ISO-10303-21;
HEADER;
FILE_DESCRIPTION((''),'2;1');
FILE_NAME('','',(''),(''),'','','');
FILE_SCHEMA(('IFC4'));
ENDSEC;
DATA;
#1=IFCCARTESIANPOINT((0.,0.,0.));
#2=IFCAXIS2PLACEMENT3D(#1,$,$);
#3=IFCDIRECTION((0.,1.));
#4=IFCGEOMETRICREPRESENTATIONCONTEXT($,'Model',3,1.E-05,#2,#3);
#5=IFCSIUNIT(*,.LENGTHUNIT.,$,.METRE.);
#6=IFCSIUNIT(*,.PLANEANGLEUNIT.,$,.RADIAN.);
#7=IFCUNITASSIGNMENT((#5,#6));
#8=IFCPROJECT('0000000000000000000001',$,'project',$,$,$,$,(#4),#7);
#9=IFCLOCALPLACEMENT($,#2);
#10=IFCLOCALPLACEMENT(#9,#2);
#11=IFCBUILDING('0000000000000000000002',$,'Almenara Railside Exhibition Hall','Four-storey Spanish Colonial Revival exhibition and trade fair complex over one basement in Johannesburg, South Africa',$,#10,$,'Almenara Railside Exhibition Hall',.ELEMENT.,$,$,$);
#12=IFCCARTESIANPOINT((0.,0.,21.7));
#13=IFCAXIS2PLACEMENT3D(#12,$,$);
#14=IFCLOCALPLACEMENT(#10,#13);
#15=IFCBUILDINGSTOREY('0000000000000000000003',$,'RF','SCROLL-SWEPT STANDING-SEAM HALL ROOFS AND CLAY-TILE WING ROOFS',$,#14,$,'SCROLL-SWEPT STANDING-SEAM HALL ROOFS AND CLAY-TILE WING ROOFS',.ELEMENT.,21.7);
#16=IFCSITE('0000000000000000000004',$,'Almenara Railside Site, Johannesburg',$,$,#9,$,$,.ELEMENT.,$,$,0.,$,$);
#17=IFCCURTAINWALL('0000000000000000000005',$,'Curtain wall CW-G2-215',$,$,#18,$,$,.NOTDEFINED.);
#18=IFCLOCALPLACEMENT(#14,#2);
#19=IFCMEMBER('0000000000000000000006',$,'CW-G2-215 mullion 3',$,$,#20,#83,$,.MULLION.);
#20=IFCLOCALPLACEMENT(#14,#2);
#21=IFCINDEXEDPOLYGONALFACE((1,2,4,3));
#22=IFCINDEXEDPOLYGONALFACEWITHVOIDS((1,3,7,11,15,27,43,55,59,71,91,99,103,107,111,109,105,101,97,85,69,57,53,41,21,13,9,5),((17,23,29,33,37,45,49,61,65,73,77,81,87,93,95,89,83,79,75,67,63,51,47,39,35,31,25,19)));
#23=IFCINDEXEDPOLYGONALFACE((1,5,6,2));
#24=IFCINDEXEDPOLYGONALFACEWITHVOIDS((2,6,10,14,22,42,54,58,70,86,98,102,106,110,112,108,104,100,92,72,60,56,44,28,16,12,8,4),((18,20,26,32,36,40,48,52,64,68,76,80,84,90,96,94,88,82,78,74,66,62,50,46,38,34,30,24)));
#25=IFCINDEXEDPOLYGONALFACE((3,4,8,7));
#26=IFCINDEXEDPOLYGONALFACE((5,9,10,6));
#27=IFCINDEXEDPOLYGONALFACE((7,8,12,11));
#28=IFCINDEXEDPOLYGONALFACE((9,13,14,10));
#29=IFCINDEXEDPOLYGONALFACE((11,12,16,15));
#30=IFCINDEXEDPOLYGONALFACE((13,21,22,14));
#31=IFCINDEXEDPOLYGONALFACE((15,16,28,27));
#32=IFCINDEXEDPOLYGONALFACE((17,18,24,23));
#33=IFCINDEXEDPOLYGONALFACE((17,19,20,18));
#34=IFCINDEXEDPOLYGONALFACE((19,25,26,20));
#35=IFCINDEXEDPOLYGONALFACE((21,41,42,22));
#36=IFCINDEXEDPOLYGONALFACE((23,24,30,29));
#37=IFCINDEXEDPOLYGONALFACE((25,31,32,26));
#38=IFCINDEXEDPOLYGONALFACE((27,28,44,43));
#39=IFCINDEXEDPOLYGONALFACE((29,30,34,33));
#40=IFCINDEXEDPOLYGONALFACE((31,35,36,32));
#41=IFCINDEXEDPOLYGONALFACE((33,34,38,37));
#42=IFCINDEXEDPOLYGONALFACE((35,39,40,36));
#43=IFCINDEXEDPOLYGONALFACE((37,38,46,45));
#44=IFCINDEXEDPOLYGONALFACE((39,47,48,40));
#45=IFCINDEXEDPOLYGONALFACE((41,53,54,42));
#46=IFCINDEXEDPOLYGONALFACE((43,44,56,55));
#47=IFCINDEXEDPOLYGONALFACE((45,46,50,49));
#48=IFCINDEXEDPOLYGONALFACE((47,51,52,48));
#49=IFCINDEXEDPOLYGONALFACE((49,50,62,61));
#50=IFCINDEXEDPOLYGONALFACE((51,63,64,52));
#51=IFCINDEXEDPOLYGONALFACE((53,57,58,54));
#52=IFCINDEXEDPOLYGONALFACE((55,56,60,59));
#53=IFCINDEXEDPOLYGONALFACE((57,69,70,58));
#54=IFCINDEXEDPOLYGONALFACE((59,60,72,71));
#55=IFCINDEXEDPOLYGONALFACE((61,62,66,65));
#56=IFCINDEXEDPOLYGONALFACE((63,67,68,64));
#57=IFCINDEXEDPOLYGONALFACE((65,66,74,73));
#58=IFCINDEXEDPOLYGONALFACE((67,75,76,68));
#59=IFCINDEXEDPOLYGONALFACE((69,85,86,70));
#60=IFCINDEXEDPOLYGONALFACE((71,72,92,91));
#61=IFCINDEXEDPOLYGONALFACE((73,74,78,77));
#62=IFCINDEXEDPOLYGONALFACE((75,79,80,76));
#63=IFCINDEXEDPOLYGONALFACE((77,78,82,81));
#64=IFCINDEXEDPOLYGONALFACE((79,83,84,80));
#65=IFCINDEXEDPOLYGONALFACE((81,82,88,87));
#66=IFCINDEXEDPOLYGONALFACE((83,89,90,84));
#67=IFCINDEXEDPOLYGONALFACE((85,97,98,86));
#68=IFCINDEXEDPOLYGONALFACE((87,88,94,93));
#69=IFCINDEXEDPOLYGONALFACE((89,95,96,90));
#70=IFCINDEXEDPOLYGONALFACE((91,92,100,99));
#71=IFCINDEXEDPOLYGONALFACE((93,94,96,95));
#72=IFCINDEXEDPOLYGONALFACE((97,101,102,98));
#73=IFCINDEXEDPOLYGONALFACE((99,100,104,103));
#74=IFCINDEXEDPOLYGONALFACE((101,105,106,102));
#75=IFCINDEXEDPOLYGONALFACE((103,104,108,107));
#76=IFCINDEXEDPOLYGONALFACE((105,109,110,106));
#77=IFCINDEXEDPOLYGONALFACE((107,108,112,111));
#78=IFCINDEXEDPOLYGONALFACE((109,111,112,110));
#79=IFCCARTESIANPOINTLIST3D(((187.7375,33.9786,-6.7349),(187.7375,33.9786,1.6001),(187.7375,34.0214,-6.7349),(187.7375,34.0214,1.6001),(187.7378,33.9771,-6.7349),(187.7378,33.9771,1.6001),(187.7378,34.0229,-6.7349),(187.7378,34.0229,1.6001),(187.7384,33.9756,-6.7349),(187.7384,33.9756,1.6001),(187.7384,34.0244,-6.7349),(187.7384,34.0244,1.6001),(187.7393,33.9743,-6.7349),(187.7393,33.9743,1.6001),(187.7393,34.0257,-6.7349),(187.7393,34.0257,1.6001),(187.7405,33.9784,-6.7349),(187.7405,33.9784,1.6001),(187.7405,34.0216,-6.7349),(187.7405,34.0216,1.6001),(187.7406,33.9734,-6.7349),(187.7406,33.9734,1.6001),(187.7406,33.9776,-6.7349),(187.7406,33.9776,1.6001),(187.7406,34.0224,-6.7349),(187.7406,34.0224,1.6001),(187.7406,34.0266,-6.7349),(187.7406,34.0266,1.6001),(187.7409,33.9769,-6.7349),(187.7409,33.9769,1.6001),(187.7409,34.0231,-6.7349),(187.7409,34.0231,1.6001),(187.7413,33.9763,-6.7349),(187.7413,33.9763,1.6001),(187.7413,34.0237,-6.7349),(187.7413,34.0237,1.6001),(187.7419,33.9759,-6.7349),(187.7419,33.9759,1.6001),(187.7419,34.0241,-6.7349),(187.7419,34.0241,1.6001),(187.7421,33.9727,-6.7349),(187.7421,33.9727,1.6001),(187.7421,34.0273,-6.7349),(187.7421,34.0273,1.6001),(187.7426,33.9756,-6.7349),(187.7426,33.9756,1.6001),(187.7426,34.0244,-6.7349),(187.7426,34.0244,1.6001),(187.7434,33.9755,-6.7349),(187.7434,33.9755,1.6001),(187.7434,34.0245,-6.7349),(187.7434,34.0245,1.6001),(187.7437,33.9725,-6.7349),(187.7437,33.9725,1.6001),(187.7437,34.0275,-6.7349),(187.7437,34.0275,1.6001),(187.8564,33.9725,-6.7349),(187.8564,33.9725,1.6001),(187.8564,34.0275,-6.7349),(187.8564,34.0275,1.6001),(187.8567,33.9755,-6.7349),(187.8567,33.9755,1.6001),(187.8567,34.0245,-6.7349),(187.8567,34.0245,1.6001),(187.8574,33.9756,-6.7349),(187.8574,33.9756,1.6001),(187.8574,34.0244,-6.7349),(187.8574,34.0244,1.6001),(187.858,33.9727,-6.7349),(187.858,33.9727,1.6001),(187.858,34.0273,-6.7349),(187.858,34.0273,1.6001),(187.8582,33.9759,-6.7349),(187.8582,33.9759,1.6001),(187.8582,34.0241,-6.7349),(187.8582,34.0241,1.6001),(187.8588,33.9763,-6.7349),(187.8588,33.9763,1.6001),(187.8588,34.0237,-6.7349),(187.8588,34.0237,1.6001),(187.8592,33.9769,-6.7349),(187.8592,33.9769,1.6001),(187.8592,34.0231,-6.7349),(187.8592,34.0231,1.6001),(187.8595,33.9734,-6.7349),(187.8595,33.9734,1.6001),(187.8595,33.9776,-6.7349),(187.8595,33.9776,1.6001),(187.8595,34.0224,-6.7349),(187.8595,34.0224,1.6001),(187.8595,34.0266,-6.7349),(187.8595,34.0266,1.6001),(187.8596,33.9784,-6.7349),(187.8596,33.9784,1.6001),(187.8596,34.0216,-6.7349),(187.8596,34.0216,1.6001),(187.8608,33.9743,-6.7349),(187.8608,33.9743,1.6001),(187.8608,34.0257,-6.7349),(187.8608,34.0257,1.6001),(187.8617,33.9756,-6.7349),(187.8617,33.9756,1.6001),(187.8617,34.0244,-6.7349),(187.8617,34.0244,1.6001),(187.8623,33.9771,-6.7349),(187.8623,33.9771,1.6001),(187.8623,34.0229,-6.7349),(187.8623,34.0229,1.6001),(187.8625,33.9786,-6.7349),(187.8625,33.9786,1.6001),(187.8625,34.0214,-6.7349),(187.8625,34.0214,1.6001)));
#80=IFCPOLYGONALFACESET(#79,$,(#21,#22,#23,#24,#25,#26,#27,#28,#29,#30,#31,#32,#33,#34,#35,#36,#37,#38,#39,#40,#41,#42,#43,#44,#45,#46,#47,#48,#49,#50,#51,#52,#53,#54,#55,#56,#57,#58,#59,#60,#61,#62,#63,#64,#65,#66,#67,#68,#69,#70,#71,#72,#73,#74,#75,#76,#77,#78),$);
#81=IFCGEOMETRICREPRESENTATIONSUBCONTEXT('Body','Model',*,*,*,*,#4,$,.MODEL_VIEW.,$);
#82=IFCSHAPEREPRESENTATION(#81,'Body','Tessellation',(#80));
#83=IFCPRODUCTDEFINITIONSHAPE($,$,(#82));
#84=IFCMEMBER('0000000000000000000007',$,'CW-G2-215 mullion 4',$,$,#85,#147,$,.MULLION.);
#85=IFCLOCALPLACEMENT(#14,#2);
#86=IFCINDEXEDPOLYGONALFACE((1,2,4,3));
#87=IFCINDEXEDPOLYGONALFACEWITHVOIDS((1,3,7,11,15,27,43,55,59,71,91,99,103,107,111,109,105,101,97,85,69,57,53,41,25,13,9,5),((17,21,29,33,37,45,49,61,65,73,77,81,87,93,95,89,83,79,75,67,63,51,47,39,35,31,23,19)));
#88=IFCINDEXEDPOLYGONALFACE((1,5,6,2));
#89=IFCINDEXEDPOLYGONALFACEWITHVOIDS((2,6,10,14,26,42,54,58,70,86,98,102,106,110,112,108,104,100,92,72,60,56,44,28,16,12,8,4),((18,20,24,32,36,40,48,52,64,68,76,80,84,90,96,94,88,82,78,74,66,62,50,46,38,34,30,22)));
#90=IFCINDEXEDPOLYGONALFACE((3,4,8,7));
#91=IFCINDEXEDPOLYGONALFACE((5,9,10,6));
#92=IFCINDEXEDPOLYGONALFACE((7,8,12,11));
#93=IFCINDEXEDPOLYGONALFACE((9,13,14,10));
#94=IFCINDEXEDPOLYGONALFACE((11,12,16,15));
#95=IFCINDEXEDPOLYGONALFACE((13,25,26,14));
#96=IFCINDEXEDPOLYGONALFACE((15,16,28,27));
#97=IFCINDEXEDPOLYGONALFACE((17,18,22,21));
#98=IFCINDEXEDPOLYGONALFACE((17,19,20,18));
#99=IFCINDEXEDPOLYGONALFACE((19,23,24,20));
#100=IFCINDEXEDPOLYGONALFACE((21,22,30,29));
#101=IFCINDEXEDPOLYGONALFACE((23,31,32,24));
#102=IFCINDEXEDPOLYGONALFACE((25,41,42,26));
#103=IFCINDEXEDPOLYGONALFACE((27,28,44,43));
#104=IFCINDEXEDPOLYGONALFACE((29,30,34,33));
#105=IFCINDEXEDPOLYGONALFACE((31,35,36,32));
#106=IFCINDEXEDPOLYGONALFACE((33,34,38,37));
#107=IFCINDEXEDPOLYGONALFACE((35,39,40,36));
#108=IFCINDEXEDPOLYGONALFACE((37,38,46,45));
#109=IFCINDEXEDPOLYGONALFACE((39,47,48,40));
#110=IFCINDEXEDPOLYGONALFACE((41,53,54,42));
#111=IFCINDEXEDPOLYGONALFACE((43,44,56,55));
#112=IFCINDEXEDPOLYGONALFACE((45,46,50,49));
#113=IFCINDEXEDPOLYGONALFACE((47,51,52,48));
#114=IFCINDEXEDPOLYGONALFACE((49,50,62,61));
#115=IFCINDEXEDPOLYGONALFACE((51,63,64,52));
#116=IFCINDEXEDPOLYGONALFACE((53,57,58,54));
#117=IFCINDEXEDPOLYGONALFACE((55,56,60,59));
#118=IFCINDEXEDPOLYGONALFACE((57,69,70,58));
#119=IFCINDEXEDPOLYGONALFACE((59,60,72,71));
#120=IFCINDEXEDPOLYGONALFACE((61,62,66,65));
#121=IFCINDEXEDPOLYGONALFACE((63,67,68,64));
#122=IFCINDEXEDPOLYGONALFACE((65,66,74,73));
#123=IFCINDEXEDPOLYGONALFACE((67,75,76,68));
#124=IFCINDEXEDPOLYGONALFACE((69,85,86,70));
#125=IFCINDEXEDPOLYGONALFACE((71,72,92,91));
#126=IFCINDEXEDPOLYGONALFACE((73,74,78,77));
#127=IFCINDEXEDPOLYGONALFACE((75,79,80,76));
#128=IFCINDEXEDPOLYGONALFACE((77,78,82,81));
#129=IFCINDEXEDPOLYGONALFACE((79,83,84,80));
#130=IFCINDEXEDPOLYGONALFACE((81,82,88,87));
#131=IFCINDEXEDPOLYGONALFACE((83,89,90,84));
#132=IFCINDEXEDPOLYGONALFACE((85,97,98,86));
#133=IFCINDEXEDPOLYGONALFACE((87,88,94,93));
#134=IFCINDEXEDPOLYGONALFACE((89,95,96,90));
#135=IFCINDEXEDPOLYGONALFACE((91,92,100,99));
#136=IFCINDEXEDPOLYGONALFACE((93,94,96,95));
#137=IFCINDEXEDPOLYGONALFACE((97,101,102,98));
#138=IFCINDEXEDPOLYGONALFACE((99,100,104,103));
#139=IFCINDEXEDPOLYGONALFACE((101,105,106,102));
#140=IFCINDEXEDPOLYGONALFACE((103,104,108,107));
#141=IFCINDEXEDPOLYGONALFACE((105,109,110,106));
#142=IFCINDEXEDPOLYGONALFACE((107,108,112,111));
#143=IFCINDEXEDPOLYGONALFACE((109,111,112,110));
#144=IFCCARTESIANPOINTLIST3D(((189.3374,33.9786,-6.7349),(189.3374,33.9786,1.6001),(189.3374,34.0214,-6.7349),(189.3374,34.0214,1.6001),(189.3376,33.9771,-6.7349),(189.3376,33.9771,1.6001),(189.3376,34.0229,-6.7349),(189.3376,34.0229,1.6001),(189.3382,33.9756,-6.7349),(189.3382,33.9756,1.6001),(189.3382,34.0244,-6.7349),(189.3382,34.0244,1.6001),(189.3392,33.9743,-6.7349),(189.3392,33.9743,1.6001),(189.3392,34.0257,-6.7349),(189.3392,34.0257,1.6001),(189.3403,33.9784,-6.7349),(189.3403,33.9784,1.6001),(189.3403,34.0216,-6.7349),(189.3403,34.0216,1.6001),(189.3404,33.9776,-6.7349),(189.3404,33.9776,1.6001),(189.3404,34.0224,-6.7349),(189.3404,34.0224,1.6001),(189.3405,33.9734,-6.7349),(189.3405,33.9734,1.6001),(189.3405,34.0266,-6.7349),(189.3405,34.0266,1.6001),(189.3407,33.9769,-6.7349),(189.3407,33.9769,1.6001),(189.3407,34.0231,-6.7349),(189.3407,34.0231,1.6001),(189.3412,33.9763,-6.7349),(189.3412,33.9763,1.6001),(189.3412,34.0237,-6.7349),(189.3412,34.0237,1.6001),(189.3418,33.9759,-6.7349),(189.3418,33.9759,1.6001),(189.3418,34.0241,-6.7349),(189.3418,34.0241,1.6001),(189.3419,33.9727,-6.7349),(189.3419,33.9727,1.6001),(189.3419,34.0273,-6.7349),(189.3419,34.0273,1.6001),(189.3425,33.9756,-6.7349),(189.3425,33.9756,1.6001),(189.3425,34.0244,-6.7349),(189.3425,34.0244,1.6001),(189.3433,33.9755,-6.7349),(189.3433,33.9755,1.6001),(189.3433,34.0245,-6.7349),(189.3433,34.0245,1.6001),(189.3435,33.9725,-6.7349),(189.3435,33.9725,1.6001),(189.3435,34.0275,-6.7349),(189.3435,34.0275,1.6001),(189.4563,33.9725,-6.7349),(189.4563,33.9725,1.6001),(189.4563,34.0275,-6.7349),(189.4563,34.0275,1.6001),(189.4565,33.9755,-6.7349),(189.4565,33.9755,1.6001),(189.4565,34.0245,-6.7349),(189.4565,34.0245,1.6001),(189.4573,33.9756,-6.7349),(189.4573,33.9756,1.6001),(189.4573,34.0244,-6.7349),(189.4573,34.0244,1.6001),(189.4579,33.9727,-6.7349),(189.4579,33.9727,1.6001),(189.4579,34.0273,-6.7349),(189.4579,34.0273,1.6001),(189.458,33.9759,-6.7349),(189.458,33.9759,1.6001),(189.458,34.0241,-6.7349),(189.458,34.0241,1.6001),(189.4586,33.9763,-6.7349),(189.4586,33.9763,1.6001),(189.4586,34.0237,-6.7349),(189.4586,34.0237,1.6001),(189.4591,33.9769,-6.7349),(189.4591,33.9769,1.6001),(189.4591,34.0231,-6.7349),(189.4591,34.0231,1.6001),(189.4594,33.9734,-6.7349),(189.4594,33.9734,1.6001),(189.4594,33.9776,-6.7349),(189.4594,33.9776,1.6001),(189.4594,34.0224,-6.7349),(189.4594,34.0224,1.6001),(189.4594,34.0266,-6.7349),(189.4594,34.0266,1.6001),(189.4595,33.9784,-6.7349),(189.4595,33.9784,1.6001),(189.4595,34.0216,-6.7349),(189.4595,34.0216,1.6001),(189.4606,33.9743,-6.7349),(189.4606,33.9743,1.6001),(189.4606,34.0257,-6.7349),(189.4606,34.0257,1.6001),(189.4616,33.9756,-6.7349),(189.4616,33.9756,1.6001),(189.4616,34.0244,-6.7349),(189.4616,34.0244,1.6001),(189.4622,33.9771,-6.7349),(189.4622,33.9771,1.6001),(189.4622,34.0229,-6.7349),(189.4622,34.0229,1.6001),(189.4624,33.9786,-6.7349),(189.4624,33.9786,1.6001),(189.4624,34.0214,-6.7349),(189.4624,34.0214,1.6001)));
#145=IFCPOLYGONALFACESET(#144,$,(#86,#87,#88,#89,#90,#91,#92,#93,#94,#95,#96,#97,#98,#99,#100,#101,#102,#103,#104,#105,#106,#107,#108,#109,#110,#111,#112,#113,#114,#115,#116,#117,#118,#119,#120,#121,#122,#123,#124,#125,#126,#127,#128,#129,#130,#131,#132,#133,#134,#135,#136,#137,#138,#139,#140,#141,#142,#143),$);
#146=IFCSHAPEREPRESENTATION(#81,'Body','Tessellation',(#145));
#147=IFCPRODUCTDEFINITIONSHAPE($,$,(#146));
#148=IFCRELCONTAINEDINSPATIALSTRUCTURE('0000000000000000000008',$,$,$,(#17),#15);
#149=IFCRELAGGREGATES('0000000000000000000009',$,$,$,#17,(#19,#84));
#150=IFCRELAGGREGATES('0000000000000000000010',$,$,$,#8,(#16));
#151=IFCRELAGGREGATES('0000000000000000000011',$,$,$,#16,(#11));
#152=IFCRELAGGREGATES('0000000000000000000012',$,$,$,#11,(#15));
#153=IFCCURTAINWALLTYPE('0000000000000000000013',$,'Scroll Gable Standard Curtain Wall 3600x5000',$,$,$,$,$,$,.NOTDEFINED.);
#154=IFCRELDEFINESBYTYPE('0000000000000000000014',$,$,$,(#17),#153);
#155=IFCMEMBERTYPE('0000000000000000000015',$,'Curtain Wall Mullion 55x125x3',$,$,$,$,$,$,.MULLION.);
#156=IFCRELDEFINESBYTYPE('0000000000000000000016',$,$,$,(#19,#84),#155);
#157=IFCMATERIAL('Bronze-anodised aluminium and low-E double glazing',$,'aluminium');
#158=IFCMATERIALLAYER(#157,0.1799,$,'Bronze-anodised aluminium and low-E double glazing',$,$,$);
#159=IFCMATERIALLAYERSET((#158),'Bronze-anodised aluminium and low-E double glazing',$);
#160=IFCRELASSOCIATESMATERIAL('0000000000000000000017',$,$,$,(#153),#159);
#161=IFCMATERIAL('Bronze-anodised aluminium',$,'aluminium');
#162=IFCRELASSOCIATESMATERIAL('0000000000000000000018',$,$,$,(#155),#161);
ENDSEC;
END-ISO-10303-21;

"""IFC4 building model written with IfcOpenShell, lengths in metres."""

from ifc_helpers import new_model, si_unit, direction, frame, origin, origin_2d, place, context, subcontext, project, spatial, hollow_rectangle, extrude, material, layer, layer_set, material_profile, profile_set, type_object, element, aggregate, save


model = new_model("IFC4")

# Units and contexts
model_context = context("Model", 3, precision=1e-05, world=origin(), true_north=direction((0.0, 1.0)))
body_context = subcontext(model_context, "Body", "Model", "MODEL_VIEW")
ifc_project = project(units=[si_unit("LENGTHUNIT", "METRE"), si_unit("PLANEANGLEUNIT", "RADIAN")], contexts=[model_context])

# Site, building, storey
site_placement = place(None, origin())
site = spatial("IfcSite", under=ifc_project, at=site_placement, Name="Almenara Railside Site, Johannesburg", CompositionType="ELEMENT", RefElevation=0.0)
building_placement = place(site_placement, origin())
building = spatial("IfcBuilding", under=site, at=building_placement, Name="Almenara Railside Exhibition Hall", Description="Four-storey Spanish Colonial Revival exhibition and trade fair complex over one basement in Johannesburg, South Africa", LongName="Almenara Railside Exhibition Hall", CompositionType="ELEMENT")
storey_placement = place(building_placement, frame((0.0, 0.0, 21.7)))
storey = spatial("IfcBuildingStorey", under=building, at=storey_placement, Name="RF", Description="SCROLL-SWEPT STANDING-SEAM HALL ROOFS AND CLAY-TILE WING ROOFS", LongName="SCROLL-SWEPT STANDING-SEAM HALL ROOFS AND CLAY-TILE WING ROOFS", CompositionType="ELEMENT", Elevation=21.7)

# Curtain wall, members
ifc_material_1 = material(Name="Bronze-anodised aluminium and low-E double glazing", Category="aluminium")
ifc_layer_1 = layer(ifc_material_1, 0.1799, Name="Bronze-anodised aluminium and low-E double glazing")
ifc_layer_set_1 = layer_set([ifc_layer_1], Name="Bronze-anodised aluminium and low-E double glazing")
curtain_wall_type = type_object("IfcCurtainWallType", Name="Scroll Gable Standard Curtain Wall 3600x5000", PredefinedType="NOTDEFINED", material=ifc_layer_set_1)
curtain_wall_placement = place(storey_placement, origin())
curtain_wall = element("IfcCurtainWall", 1, at=curtain_wall_placement, inside=storey, type_object=curtain_wall_type, Name="Curtain wall CW-G2-215", PredefinedType="NOTDEFINED")
ifc_material_2 = material(Name="Bronze-anodised aluminium", Category="aluminium")
ifc_material_profile_1 = material_profile(ifc_material_2, hollow_rectangle(XDim=0.0549, YDim=0.125, WallThickness=0.0029, InnerFilletRadius=0.0029, OuterFilletRadius=0.0061, at=origin_2d()), Name="ALU-MUL 55x125x3")
ifc_profile_set_1 = profile_set([ifc_material_profile_1], Name="Bronze-anodised aluminium")
member_type_1 = type_object("IfcMemberType", Name="Curtain Wall Mullion 55x125x3", PredefinedType="MULLION", material=ifc_profile_set_1)
member_1_placement = place(storey_placement, frame((187.8, 34.0, -6.7349), z_axis=(0.0, 0.0, 1.0), x_axis=(0.0, 1.0, 0.0)))
member_1 = element("IfcMember", 2, at=member_1_placement, type_object=member_type_1, Name="CW-G2-215 mullion 3", PredefinedType="MULLION", context=body_context, shape_type="SweptSolid", body=[
    extrude(hollow_rectangle(XDim=0.0549, YDim=0.125, WallThickness=0.0029, InnerFilletRadius=0.0029, OuterFilletRadius=0.0061, at=origin_2d()), origin(), (0.0, 0.0, 1.0), 8.335),
])
member_2_placement = place(storey_placement, frame((189.3999, 34.0, -6.7349), z_axis=(0.0, 0.0, 1.0), x_axis=(0.0, 1.0, 0.0)))
member_2 = element("IfcMember", 3, at=member_2_placement, type_object=member_type_1, Name="CW-G2-215 mullion 4", PredefinedType="MULLION", context=body_context, shape_type="SweptSolid", body=[
    extrude(hollow_rectangle(XDim=0.0549, YDim=0.125, WallThickness=0.0029, InnerFilletRadius=0.0029, OuterFilletRadius=0.0061, at=origin_2d()), origin(), (0.0, 0.0, 1.0), 8.335),
])

aggregate(curtain_wall, [member_1, member_2])

save(model, "model.ifc")
